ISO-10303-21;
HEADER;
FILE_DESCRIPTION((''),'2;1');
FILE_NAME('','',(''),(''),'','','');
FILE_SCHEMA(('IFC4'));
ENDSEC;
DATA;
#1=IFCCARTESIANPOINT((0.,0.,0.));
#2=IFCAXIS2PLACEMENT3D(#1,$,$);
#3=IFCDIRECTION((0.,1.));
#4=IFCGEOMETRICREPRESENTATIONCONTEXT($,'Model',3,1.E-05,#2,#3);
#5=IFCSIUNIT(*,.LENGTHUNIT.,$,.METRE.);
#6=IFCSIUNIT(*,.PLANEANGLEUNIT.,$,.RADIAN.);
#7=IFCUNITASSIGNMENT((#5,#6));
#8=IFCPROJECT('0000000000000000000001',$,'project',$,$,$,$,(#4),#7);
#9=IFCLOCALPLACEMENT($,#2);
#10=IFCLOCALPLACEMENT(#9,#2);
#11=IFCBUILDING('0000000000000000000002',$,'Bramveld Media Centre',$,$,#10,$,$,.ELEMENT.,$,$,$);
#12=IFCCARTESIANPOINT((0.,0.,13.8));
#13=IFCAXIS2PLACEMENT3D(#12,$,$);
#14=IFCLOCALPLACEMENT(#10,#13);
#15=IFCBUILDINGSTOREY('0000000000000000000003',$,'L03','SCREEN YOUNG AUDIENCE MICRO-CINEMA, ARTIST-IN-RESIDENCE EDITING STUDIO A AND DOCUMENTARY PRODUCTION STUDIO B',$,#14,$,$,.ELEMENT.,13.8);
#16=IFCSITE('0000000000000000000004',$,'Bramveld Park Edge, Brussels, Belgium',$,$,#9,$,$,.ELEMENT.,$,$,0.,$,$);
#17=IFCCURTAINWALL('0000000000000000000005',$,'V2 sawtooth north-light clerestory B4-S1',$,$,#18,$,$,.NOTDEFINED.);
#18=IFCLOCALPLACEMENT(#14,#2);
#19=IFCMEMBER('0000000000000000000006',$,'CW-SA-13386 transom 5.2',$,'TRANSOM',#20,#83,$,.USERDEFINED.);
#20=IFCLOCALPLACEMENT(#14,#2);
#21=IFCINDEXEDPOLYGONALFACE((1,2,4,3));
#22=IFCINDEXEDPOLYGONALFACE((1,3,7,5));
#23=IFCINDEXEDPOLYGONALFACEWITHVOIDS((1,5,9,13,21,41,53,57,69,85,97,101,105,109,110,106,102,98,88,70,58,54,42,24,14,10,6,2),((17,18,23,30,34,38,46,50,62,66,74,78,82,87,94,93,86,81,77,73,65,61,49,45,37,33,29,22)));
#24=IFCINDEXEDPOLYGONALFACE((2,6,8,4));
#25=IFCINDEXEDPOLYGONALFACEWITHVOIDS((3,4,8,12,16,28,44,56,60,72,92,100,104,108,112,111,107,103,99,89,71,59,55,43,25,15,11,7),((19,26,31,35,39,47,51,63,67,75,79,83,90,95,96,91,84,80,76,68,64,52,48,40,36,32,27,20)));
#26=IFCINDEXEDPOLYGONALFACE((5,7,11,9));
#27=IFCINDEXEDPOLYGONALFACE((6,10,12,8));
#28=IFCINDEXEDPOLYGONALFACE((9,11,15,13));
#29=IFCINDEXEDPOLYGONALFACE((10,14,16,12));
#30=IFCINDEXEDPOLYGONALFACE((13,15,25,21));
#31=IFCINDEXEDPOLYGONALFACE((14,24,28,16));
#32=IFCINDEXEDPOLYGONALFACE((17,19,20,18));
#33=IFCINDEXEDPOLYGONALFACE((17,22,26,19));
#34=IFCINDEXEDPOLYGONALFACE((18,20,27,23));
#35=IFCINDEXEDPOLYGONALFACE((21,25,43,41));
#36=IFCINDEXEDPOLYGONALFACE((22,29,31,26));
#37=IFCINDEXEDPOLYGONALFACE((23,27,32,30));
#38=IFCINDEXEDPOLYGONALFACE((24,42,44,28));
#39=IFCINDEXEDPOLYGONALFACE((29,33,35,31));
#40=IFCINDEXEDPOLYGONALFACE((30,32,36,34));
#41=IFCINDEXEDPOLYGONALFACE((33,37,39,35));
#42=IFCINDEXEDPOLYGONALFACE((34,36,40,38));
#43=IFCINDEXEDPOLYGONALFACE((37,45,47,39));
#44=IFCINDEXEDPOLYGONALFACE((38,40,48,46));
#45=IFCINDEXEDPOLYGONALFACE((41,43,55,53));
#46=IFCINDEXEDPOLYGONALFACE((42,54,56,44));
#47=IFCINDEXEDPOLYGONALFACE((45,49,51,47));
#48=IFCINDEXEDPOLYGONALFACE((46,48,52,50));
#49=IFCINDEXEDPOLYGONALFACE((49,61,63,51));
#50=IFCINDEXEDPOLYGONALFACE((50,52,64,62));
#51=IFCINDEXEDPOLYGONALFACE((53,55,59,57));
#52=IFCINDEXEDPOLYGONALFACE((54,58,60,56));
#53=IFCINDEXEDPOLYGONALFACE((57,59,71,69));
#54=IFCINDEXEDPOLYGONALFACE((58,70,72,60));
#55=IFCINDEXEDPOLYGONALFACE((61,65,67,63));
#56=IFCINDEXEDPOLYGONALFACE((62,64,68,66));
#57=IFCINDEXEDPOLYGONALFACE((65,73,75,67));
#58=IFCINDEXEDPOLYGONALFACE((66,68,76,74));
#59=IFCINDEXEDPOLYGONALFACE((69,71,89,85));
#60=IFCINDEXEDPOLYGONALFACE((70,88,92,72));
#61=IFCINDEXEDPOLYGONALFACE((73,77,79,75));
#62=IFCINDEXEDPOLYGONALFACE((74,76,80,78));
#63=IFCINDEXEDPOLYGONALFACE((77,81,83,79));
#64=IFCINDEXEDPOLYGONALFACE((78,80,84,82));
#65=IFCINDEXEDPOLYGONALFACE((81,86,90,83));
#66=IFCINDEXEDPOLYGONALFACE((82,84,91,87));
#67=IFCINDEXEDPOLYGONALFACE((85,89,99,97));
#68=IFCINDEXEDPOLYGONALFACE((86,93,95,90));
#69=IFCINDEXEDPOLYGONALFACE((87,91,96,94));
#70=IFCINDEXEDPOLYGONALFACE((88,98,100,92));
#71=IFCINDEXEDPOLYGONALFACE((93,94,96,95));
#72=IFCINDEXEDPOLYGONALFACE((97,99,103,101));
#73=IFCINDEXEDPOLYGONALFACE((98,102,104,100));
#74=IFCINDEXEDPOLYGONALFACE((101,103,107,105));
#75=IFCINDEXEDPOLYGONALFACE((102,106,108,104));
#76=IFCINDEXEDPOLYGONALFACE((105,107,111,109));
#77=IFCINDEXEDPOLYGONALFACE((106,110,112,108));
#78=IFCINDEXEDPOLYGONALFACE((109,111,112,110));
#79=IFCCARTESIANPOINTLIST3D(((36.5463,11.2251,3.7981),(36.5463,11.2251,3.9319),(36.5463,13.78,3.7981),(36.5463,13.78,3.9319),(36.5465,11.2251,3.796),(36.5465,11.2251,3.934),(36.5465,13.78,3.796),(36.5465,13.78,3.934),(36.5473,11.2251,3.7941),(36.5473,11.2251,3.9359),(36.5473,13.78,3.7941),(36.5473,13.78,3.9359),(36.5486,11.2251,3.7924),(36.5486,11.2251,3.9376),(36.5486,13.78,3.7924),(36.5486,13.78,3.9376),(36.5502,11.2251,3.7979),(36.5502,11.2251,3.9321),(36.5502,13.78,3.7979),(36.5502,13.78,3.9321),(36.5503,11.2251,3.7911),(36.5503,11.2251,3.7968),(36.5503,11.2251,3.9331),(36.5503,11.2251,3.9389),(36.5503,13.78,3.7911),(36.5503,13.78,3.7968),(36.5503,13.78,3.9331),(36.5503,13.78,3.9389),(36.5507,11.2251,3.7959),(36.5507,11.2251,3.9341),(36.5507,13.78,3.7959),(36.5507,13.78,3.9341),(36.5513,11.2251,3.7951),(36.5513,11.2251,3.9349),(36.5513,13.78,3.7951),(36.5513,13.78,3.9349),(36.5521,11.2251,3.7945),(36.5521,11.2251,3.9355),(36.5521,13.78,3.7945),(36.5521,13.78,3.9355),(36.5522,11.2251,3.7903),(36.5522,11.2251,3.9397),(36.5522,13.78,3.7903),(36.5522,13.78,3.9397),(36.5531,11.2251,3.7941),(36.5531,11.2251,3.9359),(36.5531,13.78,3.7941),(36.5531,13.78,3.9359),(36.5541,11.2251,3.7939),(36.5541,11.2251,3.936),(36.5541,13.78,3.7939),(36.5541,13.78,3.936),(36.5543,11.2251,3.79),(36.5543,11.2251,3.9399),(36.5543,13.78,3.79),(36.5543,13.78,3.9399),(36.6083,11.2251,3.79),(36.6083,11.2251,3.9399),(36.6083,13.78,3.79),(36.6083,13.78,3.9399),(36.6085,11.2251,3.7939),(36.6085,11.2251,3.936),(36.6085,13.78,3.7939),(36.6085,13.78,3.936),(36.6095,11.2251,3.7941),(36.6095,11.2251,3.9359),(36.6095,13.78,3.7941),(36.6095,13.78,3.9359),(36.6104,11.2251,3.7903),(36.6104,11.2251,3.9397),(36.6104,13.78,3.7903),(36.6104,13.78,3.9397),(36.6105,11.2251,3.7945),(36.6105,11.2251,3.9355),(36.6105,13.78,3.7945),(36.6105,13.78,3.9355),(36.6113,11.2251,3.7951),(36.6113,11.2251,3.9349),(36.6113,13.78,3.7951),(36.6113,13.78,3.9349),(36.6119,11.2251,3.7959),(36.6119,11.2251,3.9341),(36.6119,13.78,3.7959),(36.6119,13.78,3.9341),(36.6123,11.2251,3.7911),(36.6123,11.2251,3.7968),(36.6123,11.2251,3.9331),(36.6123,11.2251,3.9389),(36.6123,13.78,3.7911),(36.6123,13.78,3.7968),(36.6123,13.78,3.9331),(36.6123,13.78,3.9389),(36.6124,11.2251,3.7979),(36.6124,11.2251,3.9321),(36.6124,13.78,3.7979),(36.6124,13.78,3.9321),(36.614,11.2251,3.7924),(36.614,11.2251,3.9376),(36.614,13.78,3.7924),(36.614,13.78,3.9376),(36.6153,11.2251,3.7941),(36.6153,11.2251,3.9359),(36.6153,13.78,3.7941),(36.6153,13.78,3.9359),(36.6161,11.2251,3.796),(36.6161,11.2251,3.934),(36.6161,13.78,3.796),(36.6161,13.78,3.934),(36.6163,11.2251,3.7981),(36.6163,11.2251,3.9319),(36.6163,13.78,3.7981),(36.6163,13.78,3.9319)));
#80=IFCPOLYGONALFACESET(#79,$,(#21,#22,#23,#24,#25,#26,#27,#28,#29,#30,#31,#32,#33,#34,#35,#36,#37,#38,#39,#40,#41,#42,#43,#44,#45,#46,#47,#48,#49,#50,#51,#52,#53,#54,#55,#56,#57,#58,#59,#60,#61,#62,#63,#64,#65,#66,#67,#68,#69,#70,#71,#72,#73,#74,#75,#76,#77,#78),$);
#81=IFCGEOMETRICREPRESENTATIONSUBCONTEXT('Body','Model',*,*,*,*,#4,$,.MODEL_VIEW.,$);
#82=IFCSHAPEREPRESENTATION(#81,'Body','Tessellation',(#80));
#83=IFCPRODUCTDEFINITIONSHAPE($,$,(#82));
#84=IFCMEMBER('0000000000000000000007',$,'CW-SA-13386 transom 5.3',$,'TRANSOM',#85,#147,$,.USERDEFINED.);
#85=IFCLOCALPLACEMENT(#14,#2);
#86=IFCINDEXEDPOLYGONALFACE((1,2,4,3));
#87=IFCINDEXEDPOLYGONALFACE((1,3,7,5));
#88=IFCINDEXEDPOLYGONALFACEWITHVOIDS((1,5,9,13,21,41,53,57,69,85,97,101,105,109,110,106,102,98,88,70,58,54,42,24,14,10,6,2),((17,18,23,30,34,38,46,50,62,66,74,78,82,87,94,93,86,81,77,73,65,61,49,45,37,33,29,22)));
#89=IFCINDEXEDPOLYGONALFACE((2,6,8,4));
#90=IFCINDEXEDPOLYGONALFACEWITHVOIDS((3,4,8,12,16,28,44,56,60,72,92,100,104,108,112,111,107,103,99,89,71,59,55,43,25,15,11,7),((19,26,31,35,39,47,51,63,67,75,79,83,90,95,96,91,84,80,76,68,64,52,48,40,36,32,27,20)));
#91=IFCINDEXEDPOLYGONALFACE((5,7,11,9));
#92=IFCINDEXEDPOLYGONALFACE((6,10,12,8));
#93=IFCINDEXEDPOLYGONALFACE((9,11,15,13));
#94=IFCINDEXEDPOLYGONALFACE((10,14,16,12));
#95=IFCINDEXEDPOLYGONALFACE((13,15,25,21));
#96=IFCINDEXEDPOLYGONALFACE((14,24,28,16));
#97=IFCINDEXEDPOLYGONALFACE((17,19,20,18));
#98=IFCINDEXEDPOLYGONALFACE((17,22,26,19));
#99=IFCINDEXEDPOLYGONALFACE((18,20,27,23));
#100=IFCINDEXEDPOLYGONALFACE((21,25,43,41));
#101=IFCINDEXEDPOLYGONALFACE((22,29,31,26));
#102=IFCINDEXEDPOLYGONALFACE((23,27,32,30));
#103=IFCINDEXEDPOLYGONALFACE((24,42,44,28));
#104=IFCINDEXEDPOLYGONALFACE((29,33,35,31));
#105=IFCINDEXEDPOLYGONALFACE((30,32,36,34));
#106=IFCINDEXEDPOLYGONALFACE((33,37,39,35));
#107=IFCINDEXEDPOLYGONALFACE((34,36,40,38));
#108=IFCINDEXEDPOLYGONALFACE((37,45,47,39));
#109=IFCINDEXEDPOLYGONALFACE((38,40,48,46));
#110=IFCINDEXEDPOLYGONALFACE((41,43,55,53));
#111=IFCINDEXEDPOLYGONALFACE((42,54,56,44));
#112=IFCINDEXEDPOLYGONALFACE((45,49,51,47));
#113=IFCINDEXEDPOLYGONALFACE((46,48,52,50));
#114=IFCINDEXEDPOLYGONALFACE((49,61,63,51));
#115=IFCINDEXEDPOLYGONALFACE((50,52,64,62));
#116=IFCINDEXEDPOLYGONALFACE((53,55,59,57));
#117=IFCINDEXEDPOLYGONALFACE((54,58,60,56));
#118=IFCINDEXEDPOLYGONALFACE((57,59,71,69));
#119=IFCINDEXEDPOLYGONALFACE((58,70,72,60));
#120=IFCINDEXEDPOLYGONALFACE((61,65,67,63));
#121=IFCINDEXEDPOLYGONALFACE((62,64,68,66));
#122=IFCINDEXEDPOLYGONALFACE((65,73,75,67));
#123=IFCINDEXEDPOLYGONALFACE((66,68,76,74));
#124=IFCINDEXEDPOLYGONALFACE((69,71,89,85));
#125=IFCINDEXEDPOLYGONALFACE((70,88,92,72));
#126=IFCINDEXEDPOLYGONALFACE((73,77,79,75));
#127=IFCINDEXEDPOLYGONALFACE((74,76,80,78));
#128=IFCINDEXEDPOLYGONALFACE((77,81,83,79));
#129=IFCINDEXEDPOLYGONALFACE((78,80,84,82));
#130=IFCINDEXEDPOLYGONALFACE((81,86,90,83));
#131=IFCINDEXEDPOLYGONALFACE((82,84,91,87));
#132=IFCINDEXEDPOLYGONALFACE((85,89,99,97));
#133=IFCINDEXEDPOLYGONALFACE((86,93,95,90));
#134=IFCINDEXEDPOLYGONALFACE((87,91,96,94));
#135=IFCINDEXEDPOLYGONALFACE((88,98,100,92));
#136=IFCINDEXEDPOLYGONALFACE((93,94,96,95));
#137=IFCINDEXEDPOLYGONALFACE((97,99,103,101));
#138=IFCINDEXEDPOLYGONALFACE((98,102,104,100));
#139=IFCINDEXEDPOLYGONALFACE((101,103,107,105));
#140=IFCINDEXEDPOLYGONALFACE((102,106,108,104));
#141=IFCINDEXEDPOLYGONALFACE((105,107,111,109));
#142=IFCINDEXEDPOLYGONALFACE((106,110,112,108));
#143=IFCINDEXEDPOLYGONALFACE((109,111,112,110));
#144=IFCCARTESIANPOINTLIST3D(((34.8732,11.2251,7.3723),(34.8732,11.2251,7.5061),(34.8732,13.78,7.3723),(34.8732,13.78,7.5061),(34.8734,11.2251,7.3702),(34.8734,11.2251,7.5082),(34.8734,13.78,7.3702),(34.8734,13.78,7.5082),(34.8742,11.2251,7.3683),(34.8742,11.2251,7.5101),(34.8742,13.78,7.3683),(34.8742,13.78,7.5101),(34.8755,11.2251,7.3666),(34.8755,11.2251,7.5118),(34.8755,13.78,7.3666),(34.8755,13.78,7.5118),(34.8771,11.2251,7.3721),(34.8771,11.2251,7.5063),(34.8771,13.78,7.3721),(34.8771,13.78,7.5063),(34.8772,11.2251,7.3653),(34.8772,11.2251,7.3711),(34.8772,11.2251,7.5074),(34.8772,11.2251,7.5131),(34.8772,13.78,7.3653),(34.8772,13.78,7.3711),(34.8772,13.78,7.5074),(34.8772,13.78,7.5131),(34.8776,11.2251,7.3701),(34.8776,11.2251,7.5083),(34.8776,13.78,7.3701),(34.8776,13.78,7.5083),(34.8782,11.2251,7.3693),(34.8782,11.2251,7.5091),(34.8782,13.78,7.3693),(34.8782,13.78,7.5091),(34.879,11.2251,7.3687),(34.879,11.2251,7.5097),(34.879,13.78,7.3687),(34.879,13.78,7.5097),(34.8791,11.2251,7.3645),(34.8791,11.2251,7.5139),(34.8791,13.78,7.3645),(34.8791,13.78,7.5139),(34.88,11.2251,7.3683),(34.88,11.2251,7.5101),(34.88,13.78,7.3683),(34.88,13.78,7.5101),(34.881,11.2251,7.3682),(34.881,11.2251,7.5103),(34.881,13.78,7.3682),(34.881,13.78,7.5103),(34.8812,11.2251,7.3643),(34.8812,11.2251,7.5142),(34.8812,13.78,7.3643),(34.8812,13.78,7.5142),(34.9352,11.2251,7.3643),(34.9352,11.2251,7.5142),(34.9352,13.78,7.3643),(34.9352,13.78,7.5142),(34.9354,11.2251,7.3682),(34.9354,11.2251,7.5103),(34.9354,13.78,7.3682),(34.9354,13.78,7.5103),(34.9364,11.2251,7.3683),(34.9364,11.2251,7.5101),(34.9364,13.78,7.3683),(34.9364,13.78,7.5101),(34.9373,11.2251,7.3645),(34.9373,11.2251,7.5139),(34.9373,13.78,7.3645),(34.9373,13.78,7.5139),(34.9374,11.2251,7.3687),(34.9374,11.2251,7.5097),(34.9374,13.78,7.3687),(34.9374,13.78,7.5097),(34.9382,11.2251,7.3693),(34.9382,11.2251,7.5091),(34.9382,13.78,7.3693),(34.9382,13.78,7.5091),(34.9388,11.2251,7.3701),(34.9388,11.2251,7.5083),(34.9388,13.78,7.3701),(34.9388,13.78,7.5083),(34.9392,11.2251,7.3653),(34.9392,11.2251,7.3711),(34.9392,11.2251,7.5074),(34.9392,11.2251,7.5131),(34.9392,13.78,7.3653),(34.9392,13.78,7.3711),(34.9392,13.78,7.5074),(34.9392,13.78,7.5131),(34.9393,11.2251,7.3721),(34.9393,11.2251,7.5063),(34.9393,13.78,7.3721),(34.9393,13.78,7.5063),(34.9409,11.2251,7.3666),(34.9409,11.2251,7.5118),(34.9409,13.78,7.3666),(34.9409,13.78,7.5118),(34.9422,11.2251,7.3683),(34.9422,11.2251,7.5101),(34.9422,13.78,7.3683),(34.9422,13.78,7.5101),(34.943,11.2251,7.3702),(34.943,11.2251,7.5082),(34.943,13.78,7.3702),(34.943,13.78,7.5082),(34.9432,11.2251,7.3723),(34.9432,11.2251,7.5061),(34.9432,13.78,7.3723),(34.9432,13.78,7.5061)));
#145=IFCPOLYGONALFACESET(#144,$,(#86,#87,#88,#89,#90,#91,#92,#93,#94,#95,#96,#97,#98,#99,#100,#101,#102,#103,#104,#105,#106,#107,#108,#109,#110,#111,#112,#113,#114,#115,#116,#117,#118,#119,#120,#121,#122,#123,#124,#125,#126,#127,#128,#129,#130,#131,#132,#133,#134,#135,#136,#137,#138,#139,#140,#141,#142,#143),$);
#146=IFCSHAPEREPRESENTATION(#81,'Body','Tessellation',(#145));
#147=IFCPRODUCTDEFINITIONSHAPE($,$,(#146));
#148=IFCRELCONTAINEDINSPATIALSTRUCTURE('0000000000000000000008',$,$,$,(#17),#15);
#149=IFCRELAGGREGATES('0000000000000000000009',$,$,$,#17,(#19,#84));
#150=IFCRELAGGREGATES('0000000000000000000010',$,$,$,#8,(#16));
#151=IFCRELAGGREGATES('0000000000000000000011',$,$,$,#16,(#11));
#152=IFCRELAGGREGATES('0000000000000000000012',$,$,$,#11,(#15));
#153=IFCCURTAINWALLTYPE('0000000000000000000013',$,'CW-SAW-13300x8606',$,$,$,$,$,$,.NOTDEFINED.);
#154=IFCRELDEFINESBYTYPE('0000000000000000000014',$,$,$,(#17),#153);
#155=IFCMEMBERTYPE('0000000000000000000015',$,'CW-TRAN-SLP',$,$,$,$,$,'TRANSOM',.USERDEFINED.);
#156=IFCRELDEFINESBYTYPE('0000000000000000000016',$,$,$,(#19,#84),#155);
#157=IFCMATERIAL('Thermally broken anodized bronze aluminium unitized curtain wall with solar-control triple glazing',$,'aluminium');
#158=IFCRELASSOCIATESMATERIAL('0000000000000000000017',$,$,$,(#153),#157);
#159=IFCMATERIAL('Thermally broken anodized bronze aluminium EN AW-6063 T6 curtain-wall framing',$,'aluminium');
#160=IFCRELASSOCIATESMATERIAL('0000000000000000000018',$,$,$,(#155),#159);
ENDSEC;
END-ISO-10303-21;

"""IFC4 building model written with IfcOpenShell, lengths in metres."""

from ifc_helpers import new_model, si_unit, direction, frame, origin, origin_2d, place, context, subcontext, project, spatial, hollow_rectangle, extrude, material, material_profile, profile_set, type_object, element, aggregate, save


model = new_model("IFC4")

# Units and contexts
model_context = context("Model", 3, precision=1e-05, world=origin(), true_north=direction((0.0, 1.0)))
body_context = subcontext(model_context, "Body", "Model", "MODEL_VIEW")
ifc_project = project(units=[si_unit("LENGTHUNIT", "METRE"), si_unit("PLANEANGLEUNIT", "RADIAN")], contexts=[model_context])

# Site, building, storey
site_placement = place(None, origin())
site = spatial("IfcSite", under=ifc_project, at=site_placement, Name="Bramveld Park Edge, Brussels, Belgium", CompositionType="ELEMENT", RefElevation=0.0)
building_placement = place(site_placement, origin())
building = spatial("IfcBuilding", under=site, at=building_placement, Name="Bramveld Media Centre", CompositionType="ELEMENT")
storey_placement = place(building_placement, frame((0.0, 0.0, 13.8)))
storey = spatial("IfcBuildingStorey", under=building, at=storey_placement, Name="L03", Description="SCREEN YOUNG AUDIENCE MICRO-CINEMA, ARTIST-IN-RESIDENCE EDITING STUDIO A AND DOCUMENTARY PRODUCTION STUDIO B", CompositionType="ELEMENT", Elevation=13.8)

# Curtain wall
ifc_material_1 = material(Name="Thermally broken anodized bronze aluminium unitized curtain wall with solar-control triple glazing", Category="aluminium")
curtain_wall_type = type_object("IfcCurtainWallType", Name="CW-SAW-13300x8606", PredefinedType="NOTDEFINED", material=ifc_material_1)
curtain_wall_1_placement = place(storey_placement, origin())
curtain_wall_1 = element("IfcCurtainWall", 1, at=curtain_wall_1_placement, inside=storey, type_object=curtain_wall_type, Name="V2 sawtooth north-light clerestory B4-S1", PredefinedType="NOTDEFINED")

# Members
ifc_material_2 = material(Name="Thermally broken anodized bronze aluminium EN AW-6063 T6 curtain-wall framing", Category="aluminium")
ifc_material_profile_1 = material_profile(ifc_material_2, hollow_rectangle(XDim=0.0701, YDim=0.1499, WallThickness=0.0039, InnerFilletRadius=0.0039, OuterFilletRadius=0.0081, at=origin_2d()), Name="AL-TRAN 70x150")
ifc_profile_set_1 = profile_set([ifc_material_profile_1], Name="Thermally broken anodized bronze aluminium EN AW-6063 T6 curtain-wall framing")
member_type_1 = type_object("IfcMemberType", Name="CW-TRAN-SLP", ElementType="TRANSOM", PredefinedType="USERDEFINED", material=ifc_profile_set_1)
member_1_placement = place(storey_placement, frame((36.5813, 11.2251, 3.865), z_axis=(0.0, 1.0, 0.0), x_axis=(-1.0, 0.0, 0.0)))
member_1 = element("IfcMember", 2, at=member_1_placement, type_object=member_type_1, Name="CW-SA-13386 transom 5.2", ObjectType="TRANSOM", PredefinedType="USERDEFINED", context=body_context, shape_type="SweptSolid", body=[
    extrude(hollow_rectangle(XDim=0.0701, YDim=0.1499, WallThickness=0.0039, InnerFilletRadius=0.0039, OuterFilletRadius=0.0081, at=origin_2d()), origin(), (0.0, 0.0, 1.0), 2.5549),
])
member_2_placement = place(storey_placement, frame((34.9082, 11.2251, 7.4392), z_axis=(0.0, 1.0, 0.0), x_axis=(-1.0, 0.0, 0.0)))
member_2 = element("IfcMember", 3, at=member_2_placement, type_object=member_type_1, Name="CW-SA-13386 transom 5.3", ObjectType="TRANSOM", PredefinedType="USERDEFINED", context=body_context, shape_type="SweptSolid", body=[
    extrude(hollow_rectangle(XDim=0.0701, YDim=0.1499, WallThickness=0.0039, InnerFilletRadius=0.0039, OuterFilletRadius=0.0081, at=origin_2d()), origin(), (0.0, 0.0, 1.0), 2.5549),
])

aggregate(curtain_wall_1, [member_1, member_2])

save(model, "model.ifc")
